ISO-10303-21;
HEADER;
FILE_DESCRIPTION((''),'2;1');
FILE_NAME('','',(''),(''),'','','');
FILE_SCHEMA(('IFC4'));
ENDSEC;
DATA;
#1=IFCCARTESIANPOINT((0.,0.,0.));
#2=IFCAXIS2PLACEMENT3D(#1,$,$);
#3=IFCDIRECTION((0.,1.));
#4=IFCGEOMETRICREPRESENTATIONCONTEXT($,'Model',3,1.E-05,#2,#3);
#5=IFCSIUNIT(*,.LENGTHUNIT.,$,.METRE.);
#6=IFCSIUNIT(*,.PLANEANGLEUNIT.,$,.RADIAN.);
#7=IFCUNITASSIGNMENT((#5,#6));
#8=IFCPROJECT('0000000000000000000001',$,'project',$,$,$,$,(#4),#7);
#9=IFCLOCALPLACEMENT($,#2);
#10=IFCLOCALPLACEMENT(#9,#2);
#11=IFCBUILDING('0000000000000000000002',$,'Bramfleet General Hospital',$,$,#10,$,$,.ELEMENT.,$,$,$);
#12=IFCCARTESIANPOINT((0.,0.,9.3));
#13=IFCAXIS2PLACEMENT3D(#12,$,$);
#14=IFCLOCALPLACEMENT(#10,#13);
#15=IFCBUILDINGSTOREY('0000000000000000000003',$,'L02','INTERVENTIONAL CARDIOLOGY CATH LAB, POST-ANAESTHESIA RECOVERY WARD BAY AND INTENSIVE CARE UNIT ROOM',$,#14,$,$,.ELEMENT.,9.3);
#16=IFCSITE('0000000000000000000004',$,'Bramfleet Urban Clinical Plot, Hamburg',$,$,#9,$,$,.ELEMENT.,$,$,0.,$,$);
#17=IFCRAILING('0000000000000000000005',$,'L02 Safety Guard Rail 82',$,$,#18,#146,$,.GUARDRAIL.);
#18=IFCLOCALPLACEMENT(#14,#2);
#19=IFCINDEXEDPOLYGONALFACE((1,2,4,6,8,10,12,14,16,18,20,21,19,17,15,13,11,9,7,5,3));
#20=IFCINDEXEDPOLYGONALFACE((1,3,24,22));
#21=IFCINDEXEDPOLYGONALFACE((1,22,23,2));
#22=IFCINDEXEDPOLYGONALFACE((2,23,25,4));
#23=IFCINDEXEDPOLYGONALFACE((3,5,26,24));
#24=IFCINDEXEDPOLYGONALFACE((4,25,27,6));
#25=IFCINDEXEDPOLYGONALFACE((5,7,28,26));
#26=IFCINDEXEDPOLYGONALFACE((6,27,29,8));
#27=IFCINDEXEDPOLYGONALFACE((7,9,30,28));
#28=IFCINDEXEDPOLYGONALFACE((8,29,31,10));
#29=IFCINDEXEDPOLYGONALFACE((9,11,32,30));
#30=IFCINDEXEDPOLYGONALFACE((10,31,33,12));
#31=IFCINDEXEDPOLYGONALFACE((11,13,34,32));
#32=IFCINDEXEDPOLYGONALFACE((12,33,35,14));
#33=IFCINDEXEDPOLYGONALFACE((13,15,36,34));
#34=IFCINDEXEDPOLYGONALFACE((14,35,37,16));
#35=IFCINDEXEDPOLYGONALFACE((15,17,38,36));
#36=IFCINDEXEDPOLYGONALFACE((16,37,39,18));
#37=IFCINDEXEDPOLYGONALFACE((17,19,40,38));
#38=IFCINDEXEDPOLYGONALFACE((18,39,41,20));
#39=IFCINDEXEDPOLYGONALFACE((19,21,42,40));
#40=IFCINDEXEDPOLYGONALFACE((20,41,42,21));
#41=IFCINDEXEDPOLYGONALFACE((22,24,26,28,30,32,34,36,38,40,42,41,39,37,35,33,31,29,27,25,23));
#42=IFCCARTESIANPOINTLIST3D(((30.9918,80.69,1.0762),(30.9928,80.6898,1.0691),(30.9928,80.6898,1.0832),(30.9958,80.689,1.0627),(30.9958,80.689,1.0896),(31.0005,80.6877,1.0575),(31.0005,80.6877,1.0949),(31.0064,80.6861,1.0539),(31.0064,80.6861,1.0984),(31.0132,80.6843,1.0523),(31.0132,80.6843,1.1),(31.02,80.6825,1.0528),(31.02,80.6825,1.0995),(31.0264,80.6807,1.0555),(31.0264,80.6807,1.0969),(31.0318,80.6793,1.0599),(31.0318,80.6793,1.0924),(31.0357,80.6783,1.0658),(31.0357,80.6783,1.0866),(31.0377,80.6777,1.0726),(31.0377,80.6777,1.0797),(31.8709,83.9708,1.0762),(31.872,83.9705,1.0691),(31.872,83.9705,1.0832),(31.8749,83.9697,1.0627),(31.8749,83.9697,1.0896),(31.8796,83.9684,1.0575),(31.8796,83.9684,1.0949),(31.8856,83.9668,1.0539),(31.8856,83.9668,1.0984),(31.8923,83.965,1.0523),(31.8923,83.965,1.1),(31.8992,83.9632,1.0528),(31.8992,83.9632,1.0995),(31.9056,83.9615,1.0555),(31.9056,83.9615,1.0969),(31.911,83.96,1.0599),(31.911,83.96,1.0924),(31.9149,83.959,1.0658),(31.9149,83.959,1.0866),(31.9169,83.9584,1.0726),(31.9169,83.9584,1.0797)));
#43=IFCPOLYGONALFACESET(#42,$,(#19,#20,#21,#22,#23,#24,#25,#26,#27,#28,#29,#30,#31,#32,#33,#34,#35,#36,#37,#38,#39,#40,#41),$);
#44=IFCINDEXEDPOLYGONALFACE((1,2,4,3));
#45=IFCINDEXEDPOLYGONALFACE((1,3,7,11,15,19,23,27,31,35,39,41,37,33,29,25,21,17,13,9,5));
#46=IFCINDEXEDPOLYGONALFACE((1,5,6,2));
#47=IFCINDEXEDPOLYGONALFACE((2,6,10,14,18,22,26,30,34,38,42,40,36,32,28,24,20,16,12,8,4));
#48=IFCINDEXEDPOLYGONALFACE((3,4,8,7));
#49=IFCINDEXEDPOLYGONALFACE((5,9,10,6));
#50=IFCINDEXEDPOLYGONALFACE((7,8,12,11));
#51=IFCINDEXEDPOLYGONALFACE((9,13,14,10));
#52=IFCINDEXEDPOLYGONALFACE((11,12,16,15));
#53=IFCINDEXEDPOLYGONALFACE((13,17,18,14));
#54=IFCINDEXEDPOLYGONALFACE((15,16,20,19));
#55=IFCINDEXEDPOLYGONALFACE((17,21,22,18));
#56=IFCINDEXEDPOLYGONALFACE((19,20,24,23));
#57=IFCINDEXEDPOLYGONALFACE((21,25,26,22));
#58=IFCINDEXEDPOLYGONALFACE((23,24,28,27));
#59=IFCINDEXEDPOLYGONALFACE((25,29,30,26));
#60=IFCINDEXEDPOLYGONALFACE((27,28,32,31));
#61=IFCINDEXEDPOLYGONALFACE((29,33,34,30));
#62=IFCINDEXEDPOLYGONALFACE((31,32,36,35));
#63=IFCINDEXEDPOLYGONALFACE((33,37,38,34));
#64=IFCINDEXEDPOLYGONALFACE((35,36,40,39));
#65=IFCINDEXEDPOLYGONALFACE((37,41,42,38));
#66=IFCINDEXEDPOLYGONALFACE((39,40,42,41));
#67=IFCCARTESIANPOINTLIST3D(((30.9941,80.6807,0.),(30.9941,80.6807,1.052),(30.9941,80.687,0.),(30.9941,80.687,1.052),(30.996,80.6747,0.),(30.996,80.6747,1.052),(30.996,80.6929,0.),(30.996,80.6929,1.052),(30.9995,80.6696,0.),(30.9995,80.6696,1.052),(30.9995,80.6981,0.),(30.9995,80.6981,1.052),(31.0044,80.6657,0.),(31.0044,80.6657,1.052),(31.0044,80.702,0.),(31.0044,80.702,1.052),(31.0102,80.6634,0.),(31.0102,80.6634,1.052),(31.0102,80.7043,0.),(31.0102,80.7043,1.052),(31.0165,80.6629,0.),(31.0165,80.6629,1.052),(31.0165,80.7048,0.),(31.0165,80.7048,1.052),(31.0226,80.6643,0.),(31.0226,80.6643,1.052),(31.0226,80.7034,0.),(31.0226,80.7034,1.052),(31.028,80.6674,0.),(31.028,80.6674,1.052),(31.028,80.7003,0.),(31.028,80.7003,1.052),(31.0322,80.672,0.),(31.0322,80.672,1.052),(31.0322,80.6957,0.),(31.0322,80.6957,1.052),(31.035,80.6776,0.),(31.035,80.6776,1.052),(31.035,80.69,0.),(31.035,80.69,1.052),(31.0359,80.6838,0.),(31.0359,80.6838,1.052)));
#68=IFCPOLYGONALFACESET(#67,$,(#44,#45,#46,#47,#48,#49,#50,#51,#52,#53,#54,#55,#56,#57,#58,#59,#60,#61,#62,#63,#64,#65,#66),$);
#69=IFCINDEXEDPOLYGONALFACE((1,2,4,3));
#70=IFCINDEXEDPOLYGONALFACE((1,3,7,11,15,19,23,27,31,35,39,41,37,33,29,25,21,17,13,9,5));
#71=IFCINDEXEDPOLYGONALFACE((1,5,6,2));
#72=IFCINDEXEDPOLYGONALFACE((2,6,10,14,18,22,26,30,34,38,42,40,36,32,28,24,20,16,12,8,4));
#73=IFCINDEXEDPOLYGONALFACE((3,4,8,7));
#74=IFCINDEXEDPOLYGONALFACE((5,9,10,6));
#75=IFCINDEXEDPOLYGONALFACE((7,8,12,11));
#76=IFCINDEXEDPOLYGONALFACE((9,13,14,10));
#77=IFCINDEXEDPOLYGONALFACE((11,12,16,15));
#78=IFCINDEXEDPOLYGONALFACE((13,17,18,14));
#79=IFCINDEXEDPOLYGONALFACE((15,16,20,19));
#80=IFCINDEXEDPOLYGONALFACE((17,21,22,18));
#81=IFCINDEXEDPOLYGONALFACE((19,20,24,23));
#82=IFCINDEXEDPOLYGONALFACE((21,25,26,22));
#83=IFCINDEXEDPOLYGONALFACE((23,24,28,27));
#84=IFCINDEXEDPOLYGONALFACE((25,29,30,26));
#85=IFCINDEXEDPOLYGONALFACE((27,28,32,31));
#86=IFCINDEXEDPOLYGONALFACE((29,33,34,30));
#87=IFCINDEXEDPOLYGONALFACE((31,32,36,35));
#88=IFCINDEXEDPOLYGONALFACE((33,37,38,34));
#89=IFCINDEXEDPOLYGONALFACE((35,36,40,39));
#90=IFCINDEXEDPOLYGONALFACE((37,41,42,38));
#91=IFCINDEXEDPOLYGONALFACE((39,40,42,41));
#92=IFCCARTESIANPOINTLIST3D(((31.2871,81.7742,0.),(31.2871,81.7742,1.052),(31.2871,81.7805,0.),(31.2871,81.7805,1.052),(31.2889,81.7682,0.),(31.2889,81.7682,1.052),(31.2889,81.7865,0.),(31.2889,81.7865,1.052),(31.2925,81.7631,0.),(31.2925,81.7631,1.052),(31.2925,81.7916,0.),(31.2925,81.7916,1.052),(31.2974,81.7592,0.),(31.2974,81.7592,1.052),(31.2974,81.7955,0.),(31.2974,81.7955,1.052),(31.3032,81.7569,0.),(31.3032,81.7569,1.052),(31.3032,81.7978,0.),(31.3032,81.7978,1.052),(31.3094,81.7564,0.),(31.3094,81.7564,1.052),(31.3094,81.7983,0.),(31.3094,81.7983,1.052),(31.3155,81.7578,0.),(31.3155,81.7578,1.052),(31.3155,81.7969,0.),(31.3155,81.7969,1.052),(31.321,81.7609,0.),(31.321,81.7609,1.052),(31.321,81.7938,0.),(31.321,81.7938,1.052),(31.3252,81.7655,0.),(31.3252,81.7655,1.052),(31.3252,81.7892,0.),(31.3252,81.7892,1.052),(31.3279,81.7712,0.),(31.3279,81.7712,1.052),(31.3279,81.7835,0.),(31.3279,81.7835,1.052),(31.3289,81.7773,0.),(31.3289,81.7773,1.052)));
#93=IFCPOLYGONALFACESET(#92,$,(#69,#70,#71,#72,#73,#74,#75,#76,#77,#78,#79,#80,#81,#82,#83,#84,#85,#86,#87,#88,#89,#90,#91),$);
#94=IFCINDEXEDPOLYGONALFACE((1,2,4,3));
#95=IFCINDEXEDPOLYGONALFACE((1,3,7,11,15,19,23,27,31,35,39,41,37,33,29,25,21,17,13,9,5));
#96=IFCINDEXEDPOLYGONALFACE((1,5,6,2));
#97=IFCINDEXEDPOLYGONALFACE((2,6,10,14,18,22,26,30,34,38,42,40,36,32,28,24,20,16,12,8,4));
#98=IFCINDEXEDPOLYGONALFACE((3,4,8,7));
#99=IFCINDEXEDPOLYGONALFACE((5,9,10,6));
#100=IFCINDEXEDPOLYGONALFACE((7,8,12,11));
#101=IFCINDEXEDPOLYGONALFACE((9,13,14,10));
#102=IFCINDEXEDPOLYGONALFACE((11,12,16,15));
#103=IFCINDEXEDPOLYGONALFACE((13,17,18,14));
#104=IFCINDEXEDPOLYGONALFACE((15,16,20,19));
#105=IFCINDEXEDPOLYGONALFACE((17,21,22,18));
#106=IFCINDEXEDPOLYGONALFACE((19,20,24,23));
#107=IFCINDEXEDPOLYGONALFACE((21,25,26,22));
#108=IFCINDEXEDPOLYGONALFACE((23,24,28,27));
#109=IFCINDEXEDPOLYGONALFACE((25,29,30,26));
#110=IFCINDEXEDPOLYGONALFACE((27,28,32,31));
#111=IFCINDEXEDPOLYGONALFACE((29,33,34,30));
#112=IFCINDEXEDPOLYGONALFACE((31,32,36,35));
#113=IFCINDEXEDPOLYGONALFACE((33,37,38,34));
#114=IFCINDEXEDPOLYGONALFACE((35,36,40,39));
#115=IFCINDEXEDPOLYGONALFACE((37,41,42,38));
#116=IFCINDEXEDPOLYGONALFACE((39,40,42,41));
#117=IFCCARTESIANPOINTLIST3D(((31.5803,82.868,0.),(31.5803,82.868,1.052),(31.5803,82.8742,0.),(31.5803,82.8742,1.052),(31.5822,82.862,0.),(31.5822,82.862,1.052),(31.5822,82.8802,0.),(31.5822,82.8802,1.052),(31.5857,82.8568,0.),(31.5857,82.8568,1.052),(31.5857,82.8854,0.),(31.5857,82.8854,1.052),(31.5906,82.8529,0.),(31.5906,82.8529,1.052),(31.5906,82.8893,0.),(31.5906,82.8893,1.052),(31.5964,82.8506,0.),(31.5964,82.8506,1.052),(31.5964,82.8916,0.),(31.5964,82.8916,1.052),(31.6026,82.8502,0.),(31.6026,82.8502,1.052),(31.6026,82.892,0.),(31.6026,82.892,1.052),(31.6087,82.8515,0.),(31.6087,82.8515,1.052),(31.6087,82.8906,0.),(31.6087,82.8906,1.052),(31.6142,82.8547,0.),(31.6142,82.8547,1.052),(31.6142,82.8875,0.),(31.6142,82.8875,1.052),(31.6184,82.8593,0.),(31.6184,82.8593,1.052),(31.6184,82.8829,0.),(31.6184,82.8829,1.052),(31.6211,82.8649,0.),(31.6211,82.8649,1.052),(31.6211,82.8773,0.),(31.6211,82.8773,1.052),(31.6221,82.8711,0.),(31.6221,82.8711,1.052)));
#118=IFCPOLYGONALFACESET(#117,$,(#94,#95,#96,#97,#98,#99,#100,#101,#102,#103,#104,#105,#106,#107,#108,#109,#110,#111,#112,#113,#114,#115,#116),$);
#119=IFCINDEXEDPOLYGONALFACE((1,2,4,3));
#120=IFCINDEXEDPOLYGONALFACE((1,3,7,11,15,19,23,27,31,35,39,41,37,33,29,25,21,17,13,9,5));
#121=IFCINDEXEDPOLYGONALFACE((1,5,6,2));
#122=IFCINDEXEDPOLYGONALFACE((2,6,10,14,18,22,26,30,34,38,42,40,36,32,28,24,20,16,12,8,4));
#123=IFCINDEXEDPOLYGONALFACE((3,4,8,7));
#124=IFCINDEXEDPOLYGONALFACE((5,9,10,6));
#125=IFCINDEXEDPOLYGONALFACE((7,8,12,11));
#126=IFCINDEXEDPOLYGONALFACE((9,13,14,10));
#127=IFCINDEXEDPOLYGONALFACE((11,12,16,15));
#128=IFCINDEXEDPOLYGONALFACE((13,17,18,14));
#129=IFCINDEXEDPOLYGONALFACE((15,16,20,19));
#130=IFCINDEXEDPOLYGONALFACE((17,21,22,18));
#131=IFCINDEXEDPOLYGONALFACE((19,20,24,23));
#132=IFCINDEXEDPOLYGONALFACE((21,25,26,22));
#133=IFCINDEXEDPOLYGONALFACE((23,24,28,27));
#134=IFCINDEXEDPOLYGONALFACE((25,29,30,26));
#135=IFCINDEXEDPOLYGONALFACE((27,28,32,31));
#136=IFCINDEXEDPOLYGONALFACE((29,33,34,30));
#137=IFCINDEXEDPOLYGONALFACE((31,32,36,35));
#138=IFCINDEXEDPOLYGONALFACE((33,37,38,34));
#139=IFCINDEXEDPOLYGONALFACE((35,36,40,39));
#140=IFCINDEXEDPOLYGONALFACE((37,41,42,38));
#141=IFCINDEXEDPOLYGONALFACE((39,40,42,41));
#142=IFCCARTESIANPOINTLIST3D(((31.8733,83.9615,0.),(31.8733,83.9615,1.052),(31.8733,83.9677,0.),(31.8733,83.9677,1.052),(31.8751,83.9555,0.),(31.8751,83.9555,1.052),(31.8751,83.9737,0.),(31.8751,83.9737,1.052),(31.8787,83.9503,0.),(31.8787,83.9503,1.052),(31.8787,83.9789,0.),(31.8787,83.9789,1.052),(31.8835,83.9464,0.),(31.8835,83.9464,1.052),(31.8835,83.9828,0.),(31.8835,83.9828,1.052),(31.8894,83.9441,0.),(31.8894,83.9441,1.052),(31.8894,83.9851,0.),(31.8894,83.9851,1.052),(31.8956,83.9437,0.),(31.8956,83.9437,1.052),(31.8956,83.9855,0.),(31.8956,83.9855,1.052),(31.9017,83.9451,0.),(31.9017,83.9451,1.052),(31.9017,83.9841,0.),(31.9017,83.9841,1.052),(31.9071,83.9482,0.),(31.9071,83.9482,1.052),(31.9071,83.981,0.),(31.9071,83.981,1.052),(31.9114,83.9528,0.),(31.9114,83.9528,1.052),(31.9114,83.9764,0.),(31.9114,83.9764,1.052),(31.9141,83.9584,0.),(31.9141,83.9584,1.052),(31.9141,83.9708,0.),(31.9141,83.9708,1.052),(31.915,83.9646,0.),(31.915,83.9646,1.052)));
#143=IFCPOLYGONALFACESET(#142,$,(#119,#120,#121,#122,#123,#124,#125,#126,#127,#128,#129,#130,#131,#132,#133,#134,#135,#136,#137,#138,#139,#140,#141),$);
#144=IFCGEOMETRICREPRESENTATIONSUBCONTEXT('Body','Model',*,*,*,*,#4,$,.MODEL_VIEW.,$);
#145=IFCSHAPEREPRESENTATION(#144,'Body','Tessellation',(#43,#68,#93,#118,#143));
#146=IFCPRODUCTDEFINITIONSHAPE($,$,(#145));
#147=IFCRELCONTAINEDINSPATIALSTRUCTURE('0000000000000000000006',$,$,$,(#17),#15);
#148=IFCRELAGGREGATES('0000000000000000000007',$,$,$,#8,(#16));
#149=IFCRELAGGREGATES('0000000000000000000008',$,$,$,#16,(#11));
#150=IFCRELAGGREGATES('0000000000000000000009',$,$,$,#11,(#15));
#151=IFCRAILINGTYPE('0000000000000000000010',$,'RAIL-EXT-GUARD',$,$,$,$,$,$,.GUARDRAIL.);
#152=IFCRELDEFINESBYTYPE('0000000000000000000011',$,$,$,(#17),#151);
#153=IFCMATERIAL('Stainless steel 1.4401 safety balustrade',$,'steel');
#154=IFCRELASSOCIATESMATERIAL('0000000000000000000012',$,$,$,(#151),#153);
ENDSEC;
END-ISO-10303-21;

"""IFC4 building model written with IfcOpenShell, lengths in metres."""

from ifc_helpers import new_model, si_unit, direction, frame, origin, origin_2d, place, context, subcontext, project, spatial, circle, extrude, material, type_object, element, save


model = new_model("IFC4")

# Units and contexts
model_context = context("Model", 3, precision=1e-05, world=origin(), true_north=direction((0.0, 1.0)))
body_context = subcontext(model_context, "Body", "Model", "MODEL_VIEW")
ifc_project = project(units=[si_unit("LENGTHUNIT", "METRE"), si_unit("PLANEANGLEUNIT", "RADIAN")], contexts=[model_context])

# Site, building, storey
site_placement = place(None, origin())
site = spatial("IfcSite", under=ifc_project, at=site_placement, Name="Bramfleet Urban Clinical Plot, Hamburg", CompositionType="ELEMENT", RefElevation=0.0)
building_placement = place(site_placement, origin())
building = spatial("IfcBuilding", under=site, at=building_placement, Name="Bramfleet General Hospital", CompositionType="ELEMENT")
storey_placement = place(building_placement, frame((0.0, 0.0, 9.3)))
storey = spatial("IfcBuildingStorey", under=building, at=storey_placement, Name="L02", Description="INTERVENTIONAL CARDIOLOGY CATH LAB, POST-ANAESTHESIA RECOVERY WARD BAY AND INTENSIVE CARE UNIT ROOM", CompositionType="ELEMENT", Elevation=9.3)

# Railing
ifc_material_1 = material(Name="Stainless steel 1.4401 safety balustrade", Category="steel")
railing_type = type_object("IfcRailingType", Name="RAIL-EXT-GUARD", PredefinedType="GUARDRAIL", material=ifc_material_1)
railing_placement = place(storey_placement, frame((31.0149, 80.6838, 0.0)))
element("IfcRailing", 1, at=railing_placement, inside=storey, type_object=railing_type, Name="L02 Safety Guard Rail 82", PredefinedType="GUARDRAIL", context=body_context, shape_type="SweptSolid", body=[
    extrude(circle(Radius=0.0239, at=origin_2d()), frame((0.0, 0.0, 1.0762), z_axis=(0.258839, 0.96592, 0.0), x_axis=(-0.96592, 0.258839, 0.0)), (0.0, 0.0, 1.0), 3.3965),
    extrude(circle(Radius=0.021, at=origin_2d()), origin(), (0.0, 0.0, 1.0), 1.052),
    extrude(circle(Radius=0.021, at=origin_2d()), frame((0.293, 1.0935, 0.0)), (0.0, 0.0, 1.0), 1.052),
    extrude(circle(Radius=0.021, at=origin_2d()), frame((0.5862, 2.1873, 0.0)), (0.0, 0.0, 1.0), 1.052),
    extrude(circle(Radius=0.021, at=origin_2d()), frame((0.8792, 3.2808, 0.0)), (0.0, 0.0, 1.0), 1.052),
])

save(model, "model.ifc")
